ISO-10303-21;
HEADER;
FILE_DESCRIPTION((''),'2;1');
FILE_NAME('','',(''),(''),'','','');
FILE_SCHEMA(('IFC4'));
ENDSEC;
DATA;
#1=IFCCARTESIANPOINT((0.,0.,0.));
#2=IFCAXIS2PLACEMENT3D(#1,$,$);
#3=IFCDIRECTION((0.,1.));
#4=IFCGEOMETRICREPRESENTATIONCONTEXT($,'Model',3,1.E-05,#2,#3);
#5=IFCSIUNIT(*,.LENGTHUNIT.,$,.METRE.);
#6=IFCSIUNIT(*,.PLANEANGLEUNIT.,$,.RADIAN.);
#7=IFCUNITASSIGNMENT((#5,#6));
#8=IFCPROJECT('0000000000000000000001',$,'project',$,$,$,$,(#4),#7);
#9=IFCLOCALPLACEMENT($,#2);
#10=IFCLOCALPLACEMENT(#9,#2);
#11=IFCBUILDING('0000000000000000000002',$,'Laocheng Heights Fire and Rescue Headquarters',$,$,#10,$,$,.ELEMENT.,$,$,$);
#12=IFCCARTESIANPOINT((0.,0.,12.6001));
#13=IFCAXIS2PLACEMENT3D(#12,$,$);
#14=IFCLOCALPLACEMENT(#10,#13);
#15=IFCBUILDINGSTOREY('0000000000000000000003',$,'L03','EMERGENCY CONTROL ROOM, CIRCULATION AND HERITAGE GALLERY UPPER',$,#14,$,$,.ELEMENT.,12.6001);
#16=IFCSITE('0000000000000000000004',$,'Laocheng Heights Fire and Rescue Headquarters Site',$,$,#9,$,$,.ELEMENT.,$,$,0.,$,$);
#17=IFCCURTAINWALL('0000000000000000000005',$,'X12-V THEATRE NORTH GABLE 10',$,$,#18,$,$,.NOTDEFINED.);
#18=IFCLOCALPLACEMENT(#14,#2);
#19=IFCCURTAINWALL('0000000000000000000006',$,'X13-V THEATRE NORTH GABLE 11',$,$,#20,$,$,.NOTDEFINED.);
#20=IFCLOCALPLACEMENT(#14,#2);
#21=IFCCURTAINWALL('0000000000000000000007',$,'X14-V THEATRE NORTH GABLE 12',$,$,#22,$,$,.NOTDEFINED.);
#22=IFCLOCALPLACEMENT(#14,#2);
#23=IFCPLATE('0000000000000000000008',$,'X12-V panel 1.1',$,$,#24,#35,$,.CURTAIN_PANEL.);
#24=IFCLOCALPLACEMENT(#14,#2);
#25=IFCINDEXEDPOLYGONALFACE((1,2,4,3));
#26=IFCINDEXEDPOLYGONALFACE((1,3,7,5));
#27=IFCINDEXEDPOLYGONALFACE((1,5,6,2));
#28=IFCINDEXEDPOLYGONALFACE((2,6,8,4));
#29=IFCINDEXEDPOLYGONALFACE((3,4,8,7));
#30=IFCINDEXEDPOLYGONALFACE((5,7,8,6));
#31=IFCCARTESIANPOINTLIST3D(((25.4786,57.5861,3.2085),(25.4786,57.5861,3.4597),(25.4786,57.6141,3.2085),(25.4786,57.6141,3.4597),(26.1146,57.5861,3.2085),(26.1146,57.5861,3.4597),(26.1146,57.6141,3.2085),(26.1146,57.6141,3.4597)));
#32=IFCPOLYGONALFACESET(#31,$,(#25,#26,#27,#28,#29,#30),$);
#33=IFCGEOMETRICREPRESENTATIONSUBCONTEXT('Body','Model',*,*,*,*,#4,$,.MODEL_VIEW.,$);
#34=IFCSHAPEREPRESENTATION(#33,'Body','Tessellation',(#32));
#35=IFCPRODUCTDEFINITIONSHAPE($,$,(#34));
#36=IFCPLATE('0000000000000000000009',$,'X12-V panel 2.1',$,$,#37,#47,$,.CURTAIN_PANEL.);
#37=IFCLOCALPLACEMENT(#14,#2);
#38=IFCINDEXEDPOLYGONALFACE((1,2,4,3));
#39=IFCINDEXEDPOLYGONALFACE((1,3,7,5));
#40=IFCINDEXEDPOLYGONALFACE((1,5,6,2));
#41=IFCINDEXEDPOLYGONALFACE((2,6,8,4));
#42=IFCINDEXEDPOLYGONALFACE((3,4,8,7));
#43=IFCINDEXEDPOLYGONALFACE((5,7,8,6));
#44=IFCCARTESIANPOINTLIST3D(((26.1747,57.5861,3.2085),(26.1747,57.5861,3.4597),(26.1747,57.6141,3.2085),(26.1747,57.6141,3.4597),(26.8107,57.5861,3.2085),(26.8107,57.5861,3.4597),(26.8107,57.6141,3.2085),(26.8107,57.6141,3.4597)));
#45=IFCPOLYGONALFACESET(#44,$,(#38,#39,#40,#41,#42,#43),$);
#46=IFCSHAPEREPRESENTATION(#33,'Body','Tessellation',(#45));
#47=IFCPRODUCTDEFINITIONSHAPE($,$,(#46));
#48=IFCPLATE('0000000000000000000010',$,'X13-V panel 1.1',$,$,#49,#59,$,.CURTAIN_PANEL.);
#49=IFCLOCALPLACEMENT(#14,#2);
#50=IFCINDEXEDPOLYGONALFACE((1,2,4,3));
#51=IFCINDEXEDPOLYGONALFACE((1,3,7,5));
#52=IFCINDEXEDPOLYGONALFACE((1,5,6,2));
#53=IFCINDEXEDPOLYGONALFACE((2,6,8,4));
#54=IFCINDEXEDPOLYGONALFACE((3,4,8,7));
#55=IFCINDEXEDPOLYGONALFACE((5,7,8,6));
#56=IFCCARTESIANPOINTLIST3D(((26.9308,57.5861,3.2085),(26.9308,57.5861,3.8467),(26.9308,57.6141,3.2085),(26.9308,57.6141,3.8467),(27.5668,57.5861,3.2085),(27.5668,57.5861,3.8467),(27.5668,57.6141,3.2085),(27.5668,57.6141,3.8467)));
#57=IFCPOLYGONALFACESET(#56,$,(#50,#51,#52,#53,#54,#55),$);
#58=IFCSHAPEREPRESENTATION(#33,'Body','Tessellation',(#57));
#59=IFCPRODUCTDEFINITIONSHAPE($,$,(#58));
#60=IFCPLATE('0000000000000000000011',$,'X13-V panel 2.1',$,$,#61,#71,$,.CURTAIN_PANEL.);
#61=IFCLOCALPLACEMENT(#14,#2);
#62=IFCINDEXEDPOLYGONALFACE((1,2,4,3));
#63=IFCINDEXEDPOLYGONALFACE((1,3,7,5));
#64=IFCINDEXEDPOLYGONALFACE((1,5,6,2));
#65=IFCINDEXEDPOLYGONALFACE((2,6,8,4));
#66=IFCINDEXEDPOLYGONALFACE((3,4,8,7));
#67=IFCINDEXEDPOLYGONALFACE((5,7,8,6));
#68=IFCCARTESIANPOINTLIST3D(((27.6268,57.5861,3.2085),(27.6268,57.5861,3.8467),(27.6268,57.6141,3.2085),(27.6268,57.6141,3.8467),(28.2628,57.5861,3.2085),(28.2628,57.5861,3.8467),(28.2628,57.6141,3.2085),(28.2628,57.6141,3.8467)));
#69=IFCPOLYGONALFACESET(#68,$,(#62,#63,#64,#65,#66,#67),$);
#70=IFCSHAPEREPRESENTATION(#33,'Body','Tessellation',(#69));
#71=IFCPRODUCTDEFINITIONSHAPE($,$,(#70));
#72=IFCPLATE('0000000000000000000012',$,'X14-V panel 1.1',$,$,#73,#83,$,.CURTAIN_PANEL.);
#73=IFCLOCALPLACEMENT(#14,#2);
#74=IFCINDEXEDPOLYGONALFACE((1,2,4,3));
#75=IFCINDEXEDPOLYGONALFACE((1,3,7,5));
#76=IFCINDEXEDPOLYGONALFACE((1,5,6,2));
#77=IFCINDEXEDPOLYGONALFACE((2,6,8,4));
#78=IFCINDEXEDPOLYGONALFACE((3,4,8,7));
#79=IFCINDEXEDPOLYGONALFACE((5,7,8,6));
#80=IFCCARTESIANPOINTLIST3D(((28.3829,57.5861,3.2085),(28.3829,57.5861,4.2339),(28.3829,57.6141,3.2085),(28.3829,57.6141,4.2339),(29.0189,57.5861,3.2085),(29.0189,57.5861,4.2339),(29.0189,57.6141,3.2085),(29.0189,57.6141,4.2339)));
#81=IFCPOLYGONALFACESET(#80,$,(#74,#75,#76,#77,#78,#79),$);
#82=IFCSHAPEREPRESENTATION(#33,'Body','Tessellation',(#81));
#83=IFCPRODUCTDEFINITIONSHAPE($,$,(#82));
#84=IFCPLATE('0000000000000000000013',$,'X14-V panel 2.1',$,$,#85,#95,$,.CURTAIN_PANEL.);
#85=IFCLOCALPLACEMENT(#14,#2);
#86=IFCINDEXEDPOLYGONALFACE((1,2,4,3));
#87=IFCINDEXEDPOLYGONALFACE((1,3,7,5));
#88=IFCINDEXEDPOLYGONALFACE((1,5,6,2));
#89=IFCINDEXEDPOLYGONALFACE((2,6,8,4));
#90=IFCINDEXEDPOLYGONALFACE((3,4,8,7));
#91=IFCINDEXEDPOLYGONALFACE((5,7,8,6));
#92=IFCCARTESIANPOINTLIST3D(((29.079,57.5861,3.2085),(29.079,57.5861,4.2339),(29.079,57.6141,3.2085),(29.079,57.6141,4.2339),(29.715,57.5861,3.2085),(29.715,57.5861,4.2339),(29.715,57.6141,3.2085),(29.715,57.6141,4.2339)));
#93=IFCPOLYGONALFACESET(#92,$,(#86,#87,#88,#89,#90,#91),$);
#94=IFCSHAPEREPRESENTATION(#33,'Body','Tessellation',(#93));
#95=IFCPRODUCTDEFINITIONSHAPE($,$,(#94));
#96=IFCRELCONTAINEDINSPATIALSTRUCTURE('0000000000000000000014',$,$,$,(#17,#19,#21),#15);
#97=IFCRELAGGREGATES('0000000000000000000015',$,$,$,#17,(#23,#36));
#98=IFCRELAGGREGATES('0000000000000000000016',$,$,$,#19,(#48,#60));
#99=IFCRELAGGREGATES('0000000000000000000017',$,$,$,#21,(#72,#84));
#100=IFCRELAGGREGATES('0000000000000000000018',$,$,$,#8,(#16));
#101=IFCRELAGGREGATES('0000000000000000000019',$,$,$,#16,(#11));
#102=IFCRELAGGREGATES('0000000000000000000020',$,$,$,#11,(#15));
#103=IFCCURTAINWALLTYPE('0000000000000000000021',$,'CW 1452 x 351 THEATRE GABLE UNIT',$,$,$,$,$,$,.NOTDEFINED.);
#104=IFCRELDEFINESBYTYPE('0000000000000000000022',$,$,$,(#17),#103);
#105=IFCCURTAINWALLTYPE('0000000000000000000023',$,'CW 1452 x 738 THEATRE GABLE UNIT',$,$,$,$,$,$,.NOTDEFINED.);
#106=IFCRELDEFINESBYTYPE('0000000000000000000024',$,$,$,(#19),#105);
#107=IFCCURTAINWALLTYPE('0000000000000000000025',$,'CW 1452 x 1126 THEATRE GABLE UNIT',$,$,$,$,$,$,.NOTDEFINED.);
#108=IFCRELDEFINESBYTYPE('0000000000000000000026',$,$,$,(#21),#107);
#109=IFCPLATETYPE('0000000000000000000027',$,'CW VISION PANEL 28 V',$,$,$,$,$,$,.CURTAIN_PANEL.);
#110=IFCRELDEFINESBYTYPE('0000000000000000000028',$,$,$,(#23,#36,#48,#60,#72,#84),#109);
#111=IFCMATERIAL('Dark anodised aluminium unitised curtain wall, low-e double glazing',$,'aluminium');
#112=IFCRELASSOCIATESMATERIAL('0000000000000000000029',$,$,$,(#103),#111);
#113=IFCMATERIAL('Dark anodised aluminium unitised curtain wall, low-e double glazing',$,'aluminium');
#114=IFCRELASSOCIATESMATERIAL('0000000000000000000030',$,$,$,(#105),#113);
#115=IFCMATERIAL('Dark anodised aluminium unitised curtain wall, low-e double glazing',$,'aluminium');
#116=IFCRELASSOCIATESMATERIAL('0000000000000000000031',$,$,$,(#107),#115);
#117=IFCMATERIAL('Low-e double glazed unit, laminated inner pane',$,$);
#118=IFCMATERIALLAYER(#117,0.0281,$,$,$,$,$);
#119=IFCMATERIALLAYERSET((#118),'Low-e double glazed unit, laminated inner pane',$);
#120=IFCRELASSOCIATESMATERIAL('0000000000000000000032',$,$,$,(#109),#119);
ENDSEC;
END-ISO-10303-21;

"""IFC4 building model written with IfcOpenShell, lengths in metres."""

from ifc_helpers import new_model, si_unit, direction, frame, origin, origin_2d, place, context, subcontext, project, spatial, rectangle, extrude, material, layer, layer_set, type_object, element, aggregate, save


model = new_model("IFC4")

# Units and contexts
model_context = context("Model", 3, precision=1e-05, world=origin(), true_north=direction((0.0, 1.0)))
body_context = subcontext(model_context, "Body", "Model", "MODEL_VIEW")
ifc_project = project(units=[si_unit("LENGTHUNIT", "METRE"), si_unit("PLANEANGLEUNIT", "RADIAN")], contexts=[model_context])

# Site, building, storey
site_placement = place(None, origin())
site = spatial("IfcSite", under=ifc_project, at=site_placement, Name="Laocheng Heights Fire and Rescue Headquarters Site", CompositionType="ELEMENT", RefElevation=0.0)
building_placement = place(site_placement, origin())
building = spatial("IfcBuilding", under=site, at=building_placement, Name="Laocheng Heights Fire and Rescue Headquarters", CompositionType="ELEMENT")
storey_placement = place(building_placement, frame((0.0, 0.0, 12.6001)))
storey = spatial("IfcBuildingStorey", under=building, at=storey_placement, Name="L03", Description="EMERGENCY CONTROL ROOM, CIRCULATION AND HERITAGE GALLERY UPPER", CompositionType="ELEMENT", Elevation=12.6001)

# Curtain walls
ifc_material_1 = material(Name="Dark anodised aluminium unitised curtain wall, low-e double glazing", Category="aluminium")
curtain_wall_type_1 = type_object("IfcCurtainWallType", Name="CW 1452 x 351 THEATRE GABLE UNIT", PredefinedType="NOTDEFINED", material=ifc_material_1)
curtain_wall_1_placement = place(storey_placement, origin())
curtain_wall_1 = element("IfcCurtainWall", 1, at=curtain_wall_1_placement, inside=storey, type_object=curtain_wall_type_1, Name="X12-V THEATRE NORTH GABLE 10", PredefinedType="NOTDEFINED")
ifc_material_2 = material(Name="Dark anodised aluminium unitised curtain wall, low-e double glazing", Category="aluminium")
curtain_wall_type_2 = type_object("IfcCurtainWallType", Name="CW 1452 x 738 THEATRE GABLE UNIT", PredefinedType="NOTDEFINED", material=ifc_material_2)
curtain_wall_2_placement = place(storey_placement, origin())
curtain_wall_2 = element("IfcCurtainWall", 2, at=curtain_wall_2_placement, inside=storey, type_object=curtain_wall_type_2, Name="X13-V THEATRE NORTH GABLE 11", PredefinedType="NOTDEFINED")
ifc_material_3 = material(Name="Dark anodised aluminium unitised curtain wall, low-e double glazing", Category="aluminium")
curtain_wall_type_3 = type_object("IfcCurtainWallType", Name="CW 1452 x 1126 THEATRE GABLE UNIT", PredefinedType="NOTDEFINED", material=ifc_material_3)
curtain_wall_3_placement = place(storey_placement, origin())
curtain_wall_3 = element("IfcCurtainWall", 3, at=curtain_wall_3_placement, inside=storey, type_object=curtain_wall_type_3, Name="X14-V THEATRE NORTH GABLE 12", PredefinedType="NOTDEFINED")

# Plates
ifc_material_4 = material(Name="Low-e double glazed unit, laminated inner pane")
ifc_layer = layer(ifc_material_4, 0.0281)
ifc_layer_set = layer_set([ifc_layer], Name="Low-e double glazed unit, laminated inner pane")
plate_type = type_object("IfcPlateType", Name="CW VISION PANEL 28 V", PredefinedType="CURTAIN_PANEL", material=ifc_layer_set)
plate_1_placement = place(storey_placement, frame((25.7966, 57.6001, 3.2085), z_axis=(0.0, 0.0, 1.0), x_axis=(1.0, 0.0, 0.0)))
plate_1 = element("IfcPlate", 4, at=plate_1_placement, type_object=plate_type, Name="X12-V panel 1.1", PredefinedType="CURTAIN_PANEL", context=body_context, shape_type="SweptSolid", body=[
    extrude(rectangle(XDim=0.636, YDim=0.0281, at=origin_2d()), origin(), (0.0, 0.0, 1.0), 0.2512),
])
plate_2_placement = place(storey_placement, frame((26.4927, 57.6001, 3.2085), z_axis=(0.0, 0.0, 1.0), x_axis=(1.0, 0.0, 0.0)))
plate_2 = element("IfcPlate", 5, at=plate_2_placement, type_object=plate_type, Name="X12-V panel 2.1", PredefinedType="CURTAIN_PANEL", context=body_context, shape_type="SweptSolid", body=[
    extrude(rectangle(XDim=0.636, YDim=0.0281, at=origin_2d()), origin(), (0.0, 0.0, 1.0), 0.2512),
])
aggregate(curtain_wall_1, [plate_1, plate_2])
plate_3_placement = place(storey_placement, frame((27.2488, 57.6001, 3.2085), z_axis=(0.0, 0.0, 1.0), x_axis=(1.0, 0.0, 0.0)))
plate_3 = element("IfcPlate", 6, at=plate_3_placement, type_object=plate_type, Name="X13-V panel 1.1", PredefinedType="CURTAIN_PANEL", context=body_context, shape_type="SweptSolid", body=[
    extrude(rectangle(XDim=0.636, YDim=0.0281, at=origin_2d()), origin(), (0.0, 0.0, 1.0), 0.6382),
])
plate_4_placement = place(storey_placement, frame((27.9448, 57.6001, 3.2085), z_axis=(0.0, 0.0, 1.0), x_axis=(1.0, 0.0, 0.0)))
plate_4 = element("IfcPlate", 7, at=plate_4_placement, type_object=plate_type, Name="X13-V panel 2.1", PredefinedType="CURTAIN_PANEL", context=body_context, shape_type="SweptSolid", body=[
    extrude(rectangle(XDim=0.636, YDim=0.0281, at=origin_2d()), origin(), (0.0, 0.0, 1.0), 0.6382),
])
aggregate(curtain_wall_2, [plate_3, plate_4])
plate_5_placement = place(storey_placement, frame((28.7009, 57.6001, 3.2085), z_axis=(0.0, 0.0, 1.0), x_axis=(1.0, 0.0, 0.0)))
plate_5 = element("IfcPlate", 8, at=plate_5_placement, type_object=plate_type, Name="X14-V panel 1.1", PredefinedType="CURTAIN_PANEL", context=body_context, shape_type="SweptSolid", body=[
    extrude(rectangle(XDim=0.636, YDim=0.0281, at=origin_2d()), origin(), (0.0, 0.0, 1.0), 1.0254),
])
plate_6_placement = place(storey_placement, frame((29.397, 57.6001, 3.2085), z_axis=(0.0, 0.0, 1.0), x_axis=(1.0, 0.0, 0.0)))
plate_6 = element("IfcPlate", 9, at=plate_6_placement, type_object=plate_type, Name="X14-V panel 2.1", PredefinedType="CURTAIN_PANEL", context=body_context, shape_type="SweptSolid", body=[
    extrude(rectangle(XDim=0.636, YDim=0.0281, at=origin_2d()), origin(), (0.0, 0.0, 1.0), 1.0254),
])
aggregate(curtain_wall_3, [plate_5, plate_6])

save(model, "model.ifc")
